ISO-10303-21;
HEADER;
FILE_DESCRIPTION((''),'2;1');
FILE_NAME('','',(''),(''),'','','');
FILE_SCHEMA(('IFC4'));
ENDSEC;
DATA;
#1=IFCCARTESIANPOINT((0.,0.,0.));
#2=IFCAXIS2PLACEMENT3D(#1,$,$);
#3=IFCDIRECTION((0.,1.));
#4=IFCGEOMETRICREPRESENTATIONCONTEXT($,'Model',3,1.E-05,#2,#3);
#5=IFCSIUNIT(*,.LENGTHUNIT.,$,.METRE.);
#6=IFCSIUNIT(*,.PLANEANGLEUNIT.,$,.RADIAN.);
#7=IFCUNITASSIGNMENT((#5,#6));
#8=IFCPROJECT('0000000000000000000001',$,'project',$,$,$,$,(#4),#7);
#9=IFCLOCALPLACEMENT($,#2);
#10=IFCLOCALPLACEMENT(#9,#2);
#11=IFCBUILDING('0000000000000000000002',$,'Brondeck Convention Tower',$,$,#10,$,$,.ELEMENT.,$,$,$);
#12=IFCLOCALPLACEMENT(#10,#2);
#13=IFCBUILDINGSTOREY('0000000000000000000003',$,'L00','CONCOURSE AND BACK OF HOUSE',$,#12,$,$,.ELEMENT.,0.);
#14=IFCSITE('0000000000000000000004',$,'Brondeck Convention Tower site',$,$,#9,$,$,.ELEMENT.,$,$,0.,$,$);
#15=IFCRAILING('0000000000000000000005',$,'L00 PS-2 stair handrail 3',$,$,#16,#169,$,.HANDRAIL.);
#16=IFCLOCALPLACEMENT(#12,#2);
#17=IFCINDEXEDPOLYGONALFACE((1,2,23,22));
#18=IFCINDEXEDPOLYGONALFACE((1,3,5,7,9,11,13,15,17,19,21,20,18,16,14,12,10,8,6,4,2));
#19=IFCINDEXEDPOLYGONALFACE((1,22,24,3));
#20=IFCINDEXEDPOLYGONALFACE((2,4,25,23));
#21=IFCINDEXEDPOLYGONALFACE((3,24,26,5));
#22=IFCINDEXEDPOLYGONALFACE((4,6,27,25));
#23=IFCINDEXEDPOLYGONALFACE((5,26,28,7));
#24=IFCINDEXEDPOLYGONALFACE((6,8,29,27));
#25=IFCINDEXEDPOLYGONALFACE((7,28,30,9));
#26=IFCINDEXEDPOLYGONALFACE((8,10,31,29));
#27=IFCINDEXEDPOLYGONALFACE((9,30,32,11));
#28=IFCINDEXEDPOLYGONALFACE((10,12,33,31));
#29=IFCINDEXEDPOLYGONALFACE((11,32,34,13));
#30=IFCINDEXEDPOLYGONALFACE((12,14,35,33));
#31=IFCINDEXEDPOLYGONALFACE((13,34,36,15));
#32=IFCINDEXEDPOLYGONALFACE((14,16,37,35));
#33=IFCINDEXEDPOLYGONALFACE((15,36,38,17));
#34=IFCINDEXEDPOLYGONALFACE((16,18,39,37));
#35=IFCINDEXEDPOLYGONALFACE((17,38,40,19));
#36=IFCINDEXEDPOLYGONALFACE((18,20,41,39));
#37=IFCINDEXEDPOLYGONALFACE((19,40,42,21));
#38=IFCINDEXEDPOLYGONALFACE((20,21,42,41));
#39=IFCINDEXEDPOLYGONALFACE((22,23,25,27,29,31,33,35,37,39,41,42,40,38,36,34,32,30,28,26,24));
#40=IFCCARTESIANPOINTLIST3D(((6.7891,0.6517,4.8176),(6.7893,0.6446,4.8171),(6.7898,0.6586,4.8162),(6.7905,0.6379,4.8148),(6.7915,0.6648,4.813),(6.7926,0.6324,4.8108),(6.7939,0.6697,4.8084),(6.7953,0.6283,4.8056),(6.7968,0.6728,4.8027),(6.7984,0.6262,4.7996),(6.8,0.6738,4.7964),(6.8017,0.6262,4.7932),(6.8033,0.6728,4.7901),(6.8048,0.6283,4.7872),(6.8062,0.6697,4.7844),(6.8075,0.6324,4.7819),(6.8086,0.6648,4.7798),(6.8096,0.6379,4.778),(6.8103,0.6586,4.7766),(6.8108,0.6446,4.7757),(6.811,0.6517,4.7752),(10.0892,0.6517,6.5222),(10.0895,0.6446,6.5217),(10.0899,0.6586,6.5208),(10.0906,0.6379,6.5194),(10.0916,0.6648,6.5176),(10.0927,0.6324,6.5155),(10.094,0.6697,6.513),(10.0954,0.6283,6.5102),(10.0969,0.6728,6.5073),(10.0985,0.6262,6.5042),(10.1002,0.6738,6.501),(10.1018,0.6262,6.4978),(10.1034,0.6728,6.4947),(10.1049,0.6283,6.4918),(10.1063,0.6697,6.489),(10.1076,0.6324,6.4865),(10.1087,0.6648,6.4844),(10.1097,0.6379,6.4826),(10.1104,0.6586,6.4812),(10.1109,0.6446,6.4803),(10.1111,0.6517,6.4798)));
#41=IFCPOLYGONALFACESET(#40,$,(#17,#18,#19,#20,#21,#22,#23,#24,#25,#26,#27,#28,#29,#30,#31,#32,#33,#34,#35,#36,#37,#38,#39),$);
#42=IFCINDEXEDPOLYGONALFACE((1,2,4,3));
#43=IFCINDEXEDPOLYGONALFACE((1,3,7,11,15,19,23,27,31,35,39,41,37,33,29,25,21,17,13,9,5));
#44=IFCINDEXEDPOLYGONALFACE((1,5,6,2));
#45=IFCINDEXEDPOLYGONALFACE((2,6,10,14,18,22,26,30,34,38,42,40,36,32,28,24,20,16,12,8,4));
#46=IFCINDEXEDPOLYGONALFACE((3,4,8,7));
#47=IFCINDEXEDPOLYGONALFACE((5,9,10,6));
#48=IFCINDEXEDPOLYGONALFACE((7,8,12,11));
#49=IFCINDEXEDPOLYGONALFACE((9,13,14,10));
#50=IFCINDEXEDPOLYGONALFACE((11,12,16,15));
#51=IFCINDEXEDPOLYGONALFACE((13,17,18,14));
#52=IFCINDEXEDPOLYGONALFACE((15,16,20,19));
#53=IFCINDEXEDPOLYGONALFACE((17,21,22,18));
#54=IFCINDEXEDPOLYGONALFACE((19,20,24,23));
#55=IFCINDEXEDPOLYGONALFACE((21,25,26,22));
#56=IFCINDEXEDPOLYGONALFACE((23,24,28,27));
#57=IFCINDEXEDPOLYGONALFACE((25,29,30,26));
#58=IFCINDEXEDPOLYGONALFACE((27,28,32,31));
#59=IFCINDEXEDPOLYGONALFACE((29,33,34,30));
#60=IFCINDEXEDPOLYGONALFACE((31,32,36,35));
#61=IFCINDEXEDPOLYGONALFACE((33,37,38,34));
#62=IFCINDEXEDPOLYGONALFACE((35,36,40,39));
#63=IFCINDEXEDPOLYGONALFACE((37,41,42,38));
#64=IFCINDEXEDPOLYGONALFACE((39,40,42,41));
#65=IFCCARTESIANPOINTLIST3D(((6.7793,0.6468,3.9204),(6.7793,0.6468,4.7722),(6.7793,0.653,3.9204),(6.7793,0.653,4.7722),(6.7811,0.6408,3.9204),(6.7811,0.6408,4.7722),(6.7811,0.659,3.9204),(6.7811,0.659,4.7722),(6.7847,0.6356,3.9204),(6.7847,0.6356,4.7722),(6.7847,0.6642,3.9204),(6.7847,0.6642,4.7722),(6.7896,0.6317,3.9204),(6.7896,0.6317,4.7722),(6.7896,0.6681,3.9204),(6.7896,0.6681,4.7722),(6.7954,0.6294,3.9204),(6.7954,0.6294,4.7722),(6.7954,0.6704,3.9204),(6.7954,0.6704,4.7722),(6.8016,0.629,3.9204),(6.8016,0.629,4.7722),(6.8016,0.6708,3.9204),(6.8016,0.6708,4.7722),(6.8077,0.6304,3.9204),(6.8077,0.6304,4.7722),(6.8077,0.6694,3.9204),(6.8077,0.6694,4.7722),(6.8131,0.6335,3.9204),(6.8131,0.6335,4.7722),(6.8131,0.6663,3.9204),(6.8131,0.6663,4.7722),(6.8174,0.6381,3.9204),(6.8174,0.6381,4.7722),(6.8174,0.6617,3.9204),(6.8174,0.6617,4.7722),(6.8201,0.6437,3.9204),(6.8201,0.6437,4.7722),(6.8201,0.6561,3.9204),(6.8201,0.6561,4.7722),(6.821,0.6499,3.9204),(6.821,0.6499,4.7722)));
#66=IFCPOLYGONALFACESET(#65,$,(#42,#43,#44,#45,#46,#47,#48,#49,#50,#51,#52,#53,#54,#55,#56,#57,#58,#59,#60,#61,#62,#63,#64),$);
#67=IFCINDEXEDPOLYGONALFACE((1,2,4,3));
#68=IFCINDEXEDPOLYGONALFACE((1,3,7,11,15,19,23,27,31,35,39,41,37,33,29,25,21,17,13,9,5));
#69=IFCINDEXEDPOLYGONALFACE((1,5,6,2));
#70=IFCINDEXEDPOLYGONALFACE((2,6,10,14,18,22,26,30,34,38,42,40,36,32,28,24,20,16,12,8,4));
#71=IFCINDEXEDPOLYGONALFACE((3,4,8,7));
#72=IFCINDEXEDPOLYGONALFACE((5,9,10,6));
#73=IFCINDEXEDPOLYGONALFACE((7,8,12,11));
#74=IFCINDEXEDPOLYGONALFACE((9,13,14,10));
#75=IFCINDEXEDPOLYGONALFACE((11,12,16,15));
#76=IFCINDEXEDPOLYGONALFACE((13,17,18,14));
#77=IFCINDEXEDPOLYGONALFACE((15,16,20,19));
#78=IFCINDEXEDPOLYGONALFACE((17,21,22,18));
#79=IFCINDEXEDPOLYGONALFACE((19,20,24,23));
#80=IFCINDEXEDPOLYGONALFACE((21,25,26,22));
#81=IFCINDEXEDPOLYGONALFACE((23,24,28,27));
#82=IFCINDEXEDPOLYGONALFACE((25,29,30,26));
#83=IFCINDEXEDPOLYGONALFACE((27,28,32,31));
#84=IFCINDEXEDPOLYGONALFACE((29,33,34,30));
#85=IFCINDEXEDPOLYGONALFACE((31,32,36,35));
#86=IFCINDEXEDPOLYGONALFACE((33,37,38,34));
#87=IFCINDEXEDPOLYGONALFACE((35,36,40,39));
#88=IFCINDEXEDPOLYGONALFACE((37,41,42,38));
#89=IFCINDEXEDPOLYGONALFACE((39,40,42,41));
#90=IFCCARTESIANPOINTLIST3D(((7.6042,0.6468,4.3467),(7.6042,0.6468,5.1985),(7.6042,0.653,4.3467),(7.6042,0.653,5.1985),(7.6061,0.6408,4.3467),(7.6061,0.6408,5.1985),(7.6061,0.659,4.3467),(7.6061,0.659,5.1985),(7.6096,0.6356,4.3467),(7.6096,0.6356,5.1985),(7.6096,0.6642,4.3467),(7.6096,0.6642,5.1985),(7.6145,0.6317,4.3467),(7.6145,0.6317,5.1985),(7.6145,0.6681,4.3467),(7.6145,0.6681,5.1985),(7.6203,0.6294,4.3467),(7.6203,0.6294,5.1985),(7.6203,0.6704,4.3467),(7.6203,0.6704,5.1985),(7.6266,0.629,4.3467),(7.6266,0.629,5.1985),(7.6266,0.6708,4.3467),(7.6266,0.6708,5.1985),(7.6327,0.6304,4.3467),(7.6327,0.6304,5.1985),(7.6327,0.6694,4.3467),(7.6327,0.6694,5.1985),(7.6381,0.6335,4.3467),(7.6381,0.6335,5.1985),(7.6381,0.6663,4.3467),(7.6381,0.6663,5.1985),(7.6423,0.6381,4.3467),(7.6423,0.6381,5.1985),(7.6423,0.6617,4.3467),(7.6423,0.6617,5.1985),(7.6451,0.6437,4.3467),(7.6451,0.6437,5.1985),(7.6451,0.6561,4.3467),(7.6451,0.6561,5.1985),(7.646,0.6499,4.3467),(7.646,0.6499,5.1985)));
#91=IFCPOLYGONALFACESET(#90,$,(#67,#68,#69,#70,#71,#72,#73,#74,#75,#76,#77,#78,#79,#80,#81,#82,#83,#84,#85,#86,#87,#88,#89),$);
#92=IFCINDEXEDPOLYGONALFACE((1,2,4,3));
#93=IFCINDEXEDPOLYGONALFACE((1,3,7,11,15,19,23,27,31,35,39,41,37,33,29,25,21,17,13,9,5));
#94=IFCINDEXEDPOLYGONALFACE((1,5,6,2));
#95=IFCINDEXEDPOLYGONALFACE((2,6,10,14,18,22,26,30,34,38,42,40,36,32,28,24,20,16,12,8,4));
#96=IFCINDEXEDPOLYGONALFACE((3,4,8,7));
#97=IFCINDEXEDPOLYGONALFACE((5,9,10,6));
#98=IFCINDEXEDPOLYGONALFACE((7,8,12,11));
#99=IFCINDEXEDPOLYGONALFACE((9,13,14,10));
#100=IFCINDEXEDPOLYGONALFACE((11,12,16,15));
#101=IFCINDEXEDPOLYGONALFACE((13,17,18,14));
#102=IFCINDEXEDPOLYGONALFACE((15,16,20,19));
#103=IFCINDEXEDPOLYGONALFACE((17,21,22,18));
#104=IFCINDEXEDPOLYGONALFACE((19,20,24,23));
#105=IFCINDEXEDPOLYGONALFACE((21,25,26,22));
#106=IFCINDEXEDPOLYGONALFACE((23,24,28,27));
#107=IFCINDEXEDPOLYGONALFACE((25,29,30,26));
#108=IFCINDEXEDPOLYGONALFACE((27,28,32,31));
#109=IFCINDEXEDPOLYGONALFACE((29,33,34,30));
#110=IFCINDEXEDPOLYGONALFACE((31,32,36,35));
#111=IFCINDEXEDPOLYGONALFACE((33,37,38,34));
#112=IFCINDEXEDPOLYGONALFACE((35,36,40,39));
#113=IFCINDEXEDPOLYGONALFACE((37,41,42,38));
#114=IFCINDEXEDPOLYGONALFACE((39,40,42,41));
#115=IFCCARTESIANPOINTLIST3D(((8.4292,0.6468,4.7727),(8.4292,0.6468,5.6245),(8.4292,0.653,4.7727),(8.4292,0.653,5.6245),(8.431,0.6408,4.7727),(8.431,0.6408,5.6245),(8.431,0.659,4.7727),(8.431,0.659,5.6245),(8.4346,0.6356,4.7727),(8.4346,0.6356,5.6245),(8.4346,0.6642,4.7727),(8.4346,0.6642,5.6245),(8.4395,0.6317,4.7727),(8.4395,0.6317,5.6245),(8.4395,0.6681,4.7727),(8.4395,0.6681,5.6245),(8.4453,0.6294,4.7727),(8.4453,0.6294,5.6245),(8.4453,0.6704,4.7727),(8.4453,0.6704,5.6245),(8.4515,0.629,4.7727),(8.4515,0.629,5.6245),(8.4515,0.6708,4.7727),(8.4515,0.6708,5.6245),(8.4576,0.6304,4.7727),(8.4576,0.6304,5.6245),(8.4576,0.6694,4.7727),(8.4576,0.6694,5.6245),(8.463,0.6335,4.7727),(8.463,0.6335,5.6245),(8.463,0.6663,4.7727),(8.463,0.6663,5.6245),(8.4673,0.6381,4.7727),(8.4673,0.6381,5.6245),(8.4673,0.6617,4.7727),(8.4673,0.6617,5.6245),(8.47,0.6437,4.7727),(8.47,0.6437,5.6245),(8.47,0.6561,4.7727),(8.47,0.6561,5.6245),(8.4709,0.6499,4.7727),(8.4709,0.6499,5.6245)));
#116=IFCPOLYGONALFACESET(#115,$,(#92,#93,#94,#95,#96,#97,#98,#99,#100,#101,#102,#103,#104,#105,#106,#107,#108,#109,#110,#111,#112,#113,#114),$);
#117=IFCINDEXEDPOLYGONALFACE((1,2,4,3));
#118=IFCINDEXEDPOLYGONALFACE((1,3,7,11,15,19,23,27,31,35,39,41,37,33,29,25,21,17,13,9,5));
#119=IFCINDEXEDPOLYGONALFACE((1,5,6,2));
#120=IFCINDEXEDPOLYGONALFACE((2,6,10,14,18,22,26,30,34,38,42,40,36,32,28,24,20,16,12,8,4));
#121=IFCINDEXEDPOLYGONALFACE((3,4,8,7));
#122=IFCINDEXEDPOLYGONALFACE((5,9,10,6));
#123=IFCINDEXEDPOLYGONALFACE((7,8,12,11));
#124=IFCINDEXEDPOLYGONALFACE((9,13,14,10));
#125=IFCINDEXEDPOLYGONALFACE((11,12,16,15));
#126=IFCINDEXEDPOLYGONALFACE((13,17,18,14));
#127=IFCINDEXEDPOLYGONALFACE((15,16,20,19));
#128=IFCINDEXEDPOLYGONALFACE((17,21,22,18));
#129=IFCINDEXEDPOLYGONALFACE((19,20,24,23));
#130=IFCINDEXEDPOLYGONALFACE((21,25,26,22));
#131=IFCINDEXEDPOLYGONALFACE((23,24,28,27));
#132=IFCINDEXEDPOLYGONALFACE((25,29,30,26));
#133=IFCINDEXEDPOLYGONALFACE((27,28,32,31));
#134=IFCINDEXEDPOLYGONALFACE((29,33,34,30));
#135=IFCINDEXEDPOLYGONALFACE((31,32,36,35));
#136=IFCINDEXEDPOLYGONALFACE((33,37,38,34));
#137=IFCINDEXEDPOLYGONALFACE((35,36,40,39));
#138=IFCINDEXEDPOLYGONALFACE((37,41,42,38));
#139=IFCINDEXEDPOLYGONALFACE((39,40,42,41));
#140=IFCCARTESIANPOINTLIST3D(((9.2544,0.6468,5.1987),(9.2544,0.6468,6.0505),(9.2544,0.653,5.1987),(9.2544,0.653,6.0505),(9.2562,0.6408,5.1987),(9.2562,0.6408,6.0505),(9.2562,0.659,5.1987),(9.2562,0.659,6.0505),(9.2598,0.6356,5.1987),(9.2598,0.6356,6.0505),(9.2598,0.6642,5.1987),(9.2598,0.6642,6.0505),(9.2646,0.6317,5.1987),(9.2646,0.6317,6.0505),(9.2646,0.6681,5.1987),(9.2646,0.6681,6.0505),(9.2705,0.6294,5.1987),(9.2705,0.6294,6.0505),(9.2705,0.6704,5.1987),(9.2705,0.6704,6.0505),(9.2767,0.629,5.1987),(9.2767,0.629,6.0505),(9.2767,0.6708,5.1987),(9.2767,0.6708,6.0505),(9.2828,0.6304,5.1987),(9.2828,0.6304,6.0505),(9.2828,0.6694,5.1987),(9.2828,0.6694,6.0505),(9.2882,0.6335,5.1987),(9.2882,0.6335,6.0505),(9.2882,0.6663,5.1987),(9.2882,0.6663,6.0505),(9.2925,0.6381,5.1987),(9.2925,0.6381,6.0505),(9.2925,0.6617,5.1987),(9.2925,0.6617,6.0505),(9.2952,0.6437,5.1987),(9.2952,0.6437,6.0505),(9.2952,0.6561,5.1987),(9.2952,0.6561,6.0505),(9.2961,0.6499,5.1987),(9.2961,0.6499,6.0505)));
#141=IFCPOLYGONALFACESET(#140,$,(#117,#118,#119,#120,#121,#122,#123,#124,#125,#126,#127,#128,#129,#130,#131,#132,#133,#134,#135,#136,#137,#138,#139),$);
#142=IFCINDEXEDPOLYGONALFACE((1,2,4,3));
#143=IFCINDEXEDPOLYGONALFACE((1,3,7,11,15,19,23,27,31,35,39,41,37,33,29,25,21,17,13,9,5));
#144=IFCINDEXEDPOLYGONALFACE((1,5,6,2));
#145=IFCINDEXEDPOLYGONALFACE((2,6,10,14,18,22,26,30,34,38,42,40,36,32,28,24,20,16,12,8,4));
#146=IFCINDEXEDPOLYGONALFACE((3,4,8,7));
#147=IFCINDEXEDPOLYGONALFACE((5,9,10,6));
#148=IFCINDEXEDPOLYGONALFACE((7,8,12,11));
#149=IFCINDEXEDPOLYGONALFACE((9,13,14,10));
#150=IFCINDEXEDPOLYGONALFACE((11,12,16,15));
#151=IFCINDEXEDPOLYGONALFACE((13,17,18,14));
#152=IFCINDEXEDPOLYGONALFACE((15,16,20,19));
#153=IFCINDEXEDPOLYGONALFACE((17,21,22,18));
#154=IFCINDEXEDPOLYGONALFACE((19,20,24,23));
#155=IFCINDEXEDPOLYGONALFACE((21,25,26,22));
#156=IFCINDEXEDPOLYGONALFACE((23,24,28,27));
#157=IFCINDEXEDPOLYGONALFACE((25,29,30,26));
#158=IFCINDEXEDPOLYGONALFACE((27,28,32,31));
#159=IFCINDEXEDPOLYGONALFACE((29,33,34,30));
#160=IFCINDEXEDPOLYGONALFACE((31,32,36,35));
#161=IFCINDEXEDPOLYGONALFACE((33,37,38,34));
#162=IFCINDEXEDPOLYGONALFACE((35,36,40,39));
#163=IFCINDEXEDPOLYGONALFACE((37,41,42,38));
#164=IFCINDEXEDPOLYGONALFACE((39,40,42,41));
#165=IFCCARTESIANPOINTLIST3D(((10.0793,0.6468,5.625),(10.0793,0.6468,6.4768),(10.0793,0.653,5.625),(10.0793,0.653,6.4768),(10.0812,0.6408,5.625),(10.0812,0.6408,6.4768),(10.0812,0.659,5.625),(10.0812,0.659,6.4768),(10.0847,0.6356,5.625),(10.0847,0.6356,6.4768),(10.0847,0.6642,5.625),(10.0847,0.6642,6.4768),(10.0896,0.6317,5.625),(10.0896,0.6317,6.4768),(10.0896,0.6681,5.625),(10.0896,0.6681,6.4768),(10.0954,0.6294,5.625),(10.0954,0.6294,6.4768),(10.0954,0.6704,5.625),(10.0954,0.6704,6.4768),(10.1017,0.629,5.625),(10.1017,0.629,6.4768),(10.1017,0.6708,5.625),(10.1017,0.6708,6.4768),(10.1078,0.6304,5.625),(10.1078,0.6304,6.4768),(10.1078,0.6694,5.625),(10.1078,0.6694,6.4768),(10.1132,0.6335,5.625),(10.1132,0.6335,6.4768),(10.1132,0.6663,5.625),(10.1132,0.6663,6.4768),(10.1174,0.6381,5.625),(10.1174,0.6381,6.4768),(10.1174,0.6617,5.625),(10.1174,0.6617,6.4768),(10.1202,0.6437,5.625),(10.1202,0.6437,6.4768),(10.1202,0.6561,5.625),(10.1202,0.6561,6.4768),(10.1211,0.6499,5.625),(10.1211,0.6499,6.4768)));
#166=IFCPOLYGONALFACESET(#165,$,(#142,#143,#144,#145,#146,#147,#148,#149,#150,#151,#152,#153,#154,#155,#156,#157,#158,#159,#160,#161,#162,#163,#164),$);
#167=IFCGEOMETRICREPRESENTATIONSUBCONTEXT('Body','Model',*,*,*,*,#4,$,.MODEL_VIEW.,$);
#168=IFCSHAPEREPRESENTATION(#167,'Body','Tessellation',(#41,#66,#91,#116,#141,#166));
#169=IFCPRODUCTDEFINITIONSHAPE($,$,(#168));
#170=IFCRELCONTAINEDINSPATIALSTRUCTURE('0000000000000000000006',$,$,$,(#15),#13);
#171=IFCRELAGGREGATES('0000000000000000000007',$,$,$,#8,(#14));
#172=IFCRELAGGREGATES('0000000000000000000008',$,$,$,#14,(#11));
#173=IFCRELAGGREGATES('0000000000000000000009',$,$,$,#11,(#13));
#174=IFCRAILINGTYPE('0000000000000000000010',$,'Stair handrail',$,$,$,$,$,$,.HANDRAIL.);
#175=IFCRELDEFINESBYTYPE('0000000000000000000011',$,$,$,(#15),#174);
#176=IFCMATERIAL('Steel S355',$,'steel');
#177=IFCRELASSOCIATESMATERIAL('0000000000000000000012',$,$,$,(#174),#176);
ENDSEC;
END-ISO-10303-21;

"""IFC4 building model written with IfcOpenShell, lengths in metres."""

from ifc_helpers import new_model, si_unit, direction, frame, origin, origin_2d, place, context, subcontext, project, spatial, circle, extrude, material, type_object, element, save


model = new_model("IFC4")

# Units and contexts
model_context = context("Model", 3, precision=1e-05, world=origin(), true_north=direction((0.0, 1.0)))
body_context = subcontext(model_context, "Body", "Model", "MODEL_VIEW")
ifc_project = project(units=[si_unit("LENGTHUNIT", "METRE"), si_unit("PLANEANGLEUNIT", "RADIAN")], contexts=[model_context])

# Site, building, storey
site_placement = place(None, origin())
site = spatial("IfcSite", under=ifc_project, at=site_placement, Name="Brondeck Convention Tower site", CompositionType="ELEMENT", RefElevation=0.0)
building_placement = place(site_placement, origin())
building = spatial("IfcBuilding", under=site, at=building_placement, Name="Brondeck Convention Tower", CompositionType="ELEMENT")
storey_placement = place(building_placement, origin())
storey = spatial("IfcBuildingStorey", under=building, at=storey_placement, Name="L00", Description="CONCOURSE AND BACK OF HOUSE", CompositionType="ELEMENT", Elevation=0.0)

# Railing
ifc_material_1 = material(Name="Steel S355", Category="steel")
railing_type_1 = type_object("IfcRailingType", Name="Stair handrail", PredefinedType="HANDRAIL", material=ifc_material_1)
for number, where, name in (
    (1, (6.8, 0.6499, 3.9204), "L00 PS-2 stair handrail 3"),
):
    element("IfcRailing", number, at=place(storey_placement, frame(where)), inside=storey, type_object=railing_type_1, Name=name, PredefinedType="HANDRAIL", context=body_context, shape_type="SweptSolid", body=[
        extrude(circle(Radius=0.0239, at=origin_2d()), frame((0.0, 0.0, 0.876), z_axis=(0.888474, 0.0, 0.458928), x_axis=(0.0, 1.0, 0.0)), (0.0, 0.0, 1.0), 3.7144),
        extrude(circle(Radius=0.021, at=origin_2d()), origin(), (0.0, 0.0, 1.0), 0.8518),
        extrude(circle(Radius=0.021, at=origin_2d()), frame((0.825, 0.0, 0.4263)), (0.0, 0.0, 1.0), 0.8518),
        extrude(circle(Radius=0.021, at=origin_2d()), frame((1.6499, 0.0, 0.8523)), (0.0, 0.0, 1.0), 0.8518),
        extrude(circle(Radius=0.021, at=origin_2d()), frame((2.4751, 0.0, 1.2783)), (0.0, 0.0, 1.0), 0.8518),
        extrude(circle(Radius=0.021, at=origin_2d()), frame((3.3, 0.0, 1.7046)), (0.0, 0.0, 1.0), 0.8518),
    ])

save(model, "model.ifc")
